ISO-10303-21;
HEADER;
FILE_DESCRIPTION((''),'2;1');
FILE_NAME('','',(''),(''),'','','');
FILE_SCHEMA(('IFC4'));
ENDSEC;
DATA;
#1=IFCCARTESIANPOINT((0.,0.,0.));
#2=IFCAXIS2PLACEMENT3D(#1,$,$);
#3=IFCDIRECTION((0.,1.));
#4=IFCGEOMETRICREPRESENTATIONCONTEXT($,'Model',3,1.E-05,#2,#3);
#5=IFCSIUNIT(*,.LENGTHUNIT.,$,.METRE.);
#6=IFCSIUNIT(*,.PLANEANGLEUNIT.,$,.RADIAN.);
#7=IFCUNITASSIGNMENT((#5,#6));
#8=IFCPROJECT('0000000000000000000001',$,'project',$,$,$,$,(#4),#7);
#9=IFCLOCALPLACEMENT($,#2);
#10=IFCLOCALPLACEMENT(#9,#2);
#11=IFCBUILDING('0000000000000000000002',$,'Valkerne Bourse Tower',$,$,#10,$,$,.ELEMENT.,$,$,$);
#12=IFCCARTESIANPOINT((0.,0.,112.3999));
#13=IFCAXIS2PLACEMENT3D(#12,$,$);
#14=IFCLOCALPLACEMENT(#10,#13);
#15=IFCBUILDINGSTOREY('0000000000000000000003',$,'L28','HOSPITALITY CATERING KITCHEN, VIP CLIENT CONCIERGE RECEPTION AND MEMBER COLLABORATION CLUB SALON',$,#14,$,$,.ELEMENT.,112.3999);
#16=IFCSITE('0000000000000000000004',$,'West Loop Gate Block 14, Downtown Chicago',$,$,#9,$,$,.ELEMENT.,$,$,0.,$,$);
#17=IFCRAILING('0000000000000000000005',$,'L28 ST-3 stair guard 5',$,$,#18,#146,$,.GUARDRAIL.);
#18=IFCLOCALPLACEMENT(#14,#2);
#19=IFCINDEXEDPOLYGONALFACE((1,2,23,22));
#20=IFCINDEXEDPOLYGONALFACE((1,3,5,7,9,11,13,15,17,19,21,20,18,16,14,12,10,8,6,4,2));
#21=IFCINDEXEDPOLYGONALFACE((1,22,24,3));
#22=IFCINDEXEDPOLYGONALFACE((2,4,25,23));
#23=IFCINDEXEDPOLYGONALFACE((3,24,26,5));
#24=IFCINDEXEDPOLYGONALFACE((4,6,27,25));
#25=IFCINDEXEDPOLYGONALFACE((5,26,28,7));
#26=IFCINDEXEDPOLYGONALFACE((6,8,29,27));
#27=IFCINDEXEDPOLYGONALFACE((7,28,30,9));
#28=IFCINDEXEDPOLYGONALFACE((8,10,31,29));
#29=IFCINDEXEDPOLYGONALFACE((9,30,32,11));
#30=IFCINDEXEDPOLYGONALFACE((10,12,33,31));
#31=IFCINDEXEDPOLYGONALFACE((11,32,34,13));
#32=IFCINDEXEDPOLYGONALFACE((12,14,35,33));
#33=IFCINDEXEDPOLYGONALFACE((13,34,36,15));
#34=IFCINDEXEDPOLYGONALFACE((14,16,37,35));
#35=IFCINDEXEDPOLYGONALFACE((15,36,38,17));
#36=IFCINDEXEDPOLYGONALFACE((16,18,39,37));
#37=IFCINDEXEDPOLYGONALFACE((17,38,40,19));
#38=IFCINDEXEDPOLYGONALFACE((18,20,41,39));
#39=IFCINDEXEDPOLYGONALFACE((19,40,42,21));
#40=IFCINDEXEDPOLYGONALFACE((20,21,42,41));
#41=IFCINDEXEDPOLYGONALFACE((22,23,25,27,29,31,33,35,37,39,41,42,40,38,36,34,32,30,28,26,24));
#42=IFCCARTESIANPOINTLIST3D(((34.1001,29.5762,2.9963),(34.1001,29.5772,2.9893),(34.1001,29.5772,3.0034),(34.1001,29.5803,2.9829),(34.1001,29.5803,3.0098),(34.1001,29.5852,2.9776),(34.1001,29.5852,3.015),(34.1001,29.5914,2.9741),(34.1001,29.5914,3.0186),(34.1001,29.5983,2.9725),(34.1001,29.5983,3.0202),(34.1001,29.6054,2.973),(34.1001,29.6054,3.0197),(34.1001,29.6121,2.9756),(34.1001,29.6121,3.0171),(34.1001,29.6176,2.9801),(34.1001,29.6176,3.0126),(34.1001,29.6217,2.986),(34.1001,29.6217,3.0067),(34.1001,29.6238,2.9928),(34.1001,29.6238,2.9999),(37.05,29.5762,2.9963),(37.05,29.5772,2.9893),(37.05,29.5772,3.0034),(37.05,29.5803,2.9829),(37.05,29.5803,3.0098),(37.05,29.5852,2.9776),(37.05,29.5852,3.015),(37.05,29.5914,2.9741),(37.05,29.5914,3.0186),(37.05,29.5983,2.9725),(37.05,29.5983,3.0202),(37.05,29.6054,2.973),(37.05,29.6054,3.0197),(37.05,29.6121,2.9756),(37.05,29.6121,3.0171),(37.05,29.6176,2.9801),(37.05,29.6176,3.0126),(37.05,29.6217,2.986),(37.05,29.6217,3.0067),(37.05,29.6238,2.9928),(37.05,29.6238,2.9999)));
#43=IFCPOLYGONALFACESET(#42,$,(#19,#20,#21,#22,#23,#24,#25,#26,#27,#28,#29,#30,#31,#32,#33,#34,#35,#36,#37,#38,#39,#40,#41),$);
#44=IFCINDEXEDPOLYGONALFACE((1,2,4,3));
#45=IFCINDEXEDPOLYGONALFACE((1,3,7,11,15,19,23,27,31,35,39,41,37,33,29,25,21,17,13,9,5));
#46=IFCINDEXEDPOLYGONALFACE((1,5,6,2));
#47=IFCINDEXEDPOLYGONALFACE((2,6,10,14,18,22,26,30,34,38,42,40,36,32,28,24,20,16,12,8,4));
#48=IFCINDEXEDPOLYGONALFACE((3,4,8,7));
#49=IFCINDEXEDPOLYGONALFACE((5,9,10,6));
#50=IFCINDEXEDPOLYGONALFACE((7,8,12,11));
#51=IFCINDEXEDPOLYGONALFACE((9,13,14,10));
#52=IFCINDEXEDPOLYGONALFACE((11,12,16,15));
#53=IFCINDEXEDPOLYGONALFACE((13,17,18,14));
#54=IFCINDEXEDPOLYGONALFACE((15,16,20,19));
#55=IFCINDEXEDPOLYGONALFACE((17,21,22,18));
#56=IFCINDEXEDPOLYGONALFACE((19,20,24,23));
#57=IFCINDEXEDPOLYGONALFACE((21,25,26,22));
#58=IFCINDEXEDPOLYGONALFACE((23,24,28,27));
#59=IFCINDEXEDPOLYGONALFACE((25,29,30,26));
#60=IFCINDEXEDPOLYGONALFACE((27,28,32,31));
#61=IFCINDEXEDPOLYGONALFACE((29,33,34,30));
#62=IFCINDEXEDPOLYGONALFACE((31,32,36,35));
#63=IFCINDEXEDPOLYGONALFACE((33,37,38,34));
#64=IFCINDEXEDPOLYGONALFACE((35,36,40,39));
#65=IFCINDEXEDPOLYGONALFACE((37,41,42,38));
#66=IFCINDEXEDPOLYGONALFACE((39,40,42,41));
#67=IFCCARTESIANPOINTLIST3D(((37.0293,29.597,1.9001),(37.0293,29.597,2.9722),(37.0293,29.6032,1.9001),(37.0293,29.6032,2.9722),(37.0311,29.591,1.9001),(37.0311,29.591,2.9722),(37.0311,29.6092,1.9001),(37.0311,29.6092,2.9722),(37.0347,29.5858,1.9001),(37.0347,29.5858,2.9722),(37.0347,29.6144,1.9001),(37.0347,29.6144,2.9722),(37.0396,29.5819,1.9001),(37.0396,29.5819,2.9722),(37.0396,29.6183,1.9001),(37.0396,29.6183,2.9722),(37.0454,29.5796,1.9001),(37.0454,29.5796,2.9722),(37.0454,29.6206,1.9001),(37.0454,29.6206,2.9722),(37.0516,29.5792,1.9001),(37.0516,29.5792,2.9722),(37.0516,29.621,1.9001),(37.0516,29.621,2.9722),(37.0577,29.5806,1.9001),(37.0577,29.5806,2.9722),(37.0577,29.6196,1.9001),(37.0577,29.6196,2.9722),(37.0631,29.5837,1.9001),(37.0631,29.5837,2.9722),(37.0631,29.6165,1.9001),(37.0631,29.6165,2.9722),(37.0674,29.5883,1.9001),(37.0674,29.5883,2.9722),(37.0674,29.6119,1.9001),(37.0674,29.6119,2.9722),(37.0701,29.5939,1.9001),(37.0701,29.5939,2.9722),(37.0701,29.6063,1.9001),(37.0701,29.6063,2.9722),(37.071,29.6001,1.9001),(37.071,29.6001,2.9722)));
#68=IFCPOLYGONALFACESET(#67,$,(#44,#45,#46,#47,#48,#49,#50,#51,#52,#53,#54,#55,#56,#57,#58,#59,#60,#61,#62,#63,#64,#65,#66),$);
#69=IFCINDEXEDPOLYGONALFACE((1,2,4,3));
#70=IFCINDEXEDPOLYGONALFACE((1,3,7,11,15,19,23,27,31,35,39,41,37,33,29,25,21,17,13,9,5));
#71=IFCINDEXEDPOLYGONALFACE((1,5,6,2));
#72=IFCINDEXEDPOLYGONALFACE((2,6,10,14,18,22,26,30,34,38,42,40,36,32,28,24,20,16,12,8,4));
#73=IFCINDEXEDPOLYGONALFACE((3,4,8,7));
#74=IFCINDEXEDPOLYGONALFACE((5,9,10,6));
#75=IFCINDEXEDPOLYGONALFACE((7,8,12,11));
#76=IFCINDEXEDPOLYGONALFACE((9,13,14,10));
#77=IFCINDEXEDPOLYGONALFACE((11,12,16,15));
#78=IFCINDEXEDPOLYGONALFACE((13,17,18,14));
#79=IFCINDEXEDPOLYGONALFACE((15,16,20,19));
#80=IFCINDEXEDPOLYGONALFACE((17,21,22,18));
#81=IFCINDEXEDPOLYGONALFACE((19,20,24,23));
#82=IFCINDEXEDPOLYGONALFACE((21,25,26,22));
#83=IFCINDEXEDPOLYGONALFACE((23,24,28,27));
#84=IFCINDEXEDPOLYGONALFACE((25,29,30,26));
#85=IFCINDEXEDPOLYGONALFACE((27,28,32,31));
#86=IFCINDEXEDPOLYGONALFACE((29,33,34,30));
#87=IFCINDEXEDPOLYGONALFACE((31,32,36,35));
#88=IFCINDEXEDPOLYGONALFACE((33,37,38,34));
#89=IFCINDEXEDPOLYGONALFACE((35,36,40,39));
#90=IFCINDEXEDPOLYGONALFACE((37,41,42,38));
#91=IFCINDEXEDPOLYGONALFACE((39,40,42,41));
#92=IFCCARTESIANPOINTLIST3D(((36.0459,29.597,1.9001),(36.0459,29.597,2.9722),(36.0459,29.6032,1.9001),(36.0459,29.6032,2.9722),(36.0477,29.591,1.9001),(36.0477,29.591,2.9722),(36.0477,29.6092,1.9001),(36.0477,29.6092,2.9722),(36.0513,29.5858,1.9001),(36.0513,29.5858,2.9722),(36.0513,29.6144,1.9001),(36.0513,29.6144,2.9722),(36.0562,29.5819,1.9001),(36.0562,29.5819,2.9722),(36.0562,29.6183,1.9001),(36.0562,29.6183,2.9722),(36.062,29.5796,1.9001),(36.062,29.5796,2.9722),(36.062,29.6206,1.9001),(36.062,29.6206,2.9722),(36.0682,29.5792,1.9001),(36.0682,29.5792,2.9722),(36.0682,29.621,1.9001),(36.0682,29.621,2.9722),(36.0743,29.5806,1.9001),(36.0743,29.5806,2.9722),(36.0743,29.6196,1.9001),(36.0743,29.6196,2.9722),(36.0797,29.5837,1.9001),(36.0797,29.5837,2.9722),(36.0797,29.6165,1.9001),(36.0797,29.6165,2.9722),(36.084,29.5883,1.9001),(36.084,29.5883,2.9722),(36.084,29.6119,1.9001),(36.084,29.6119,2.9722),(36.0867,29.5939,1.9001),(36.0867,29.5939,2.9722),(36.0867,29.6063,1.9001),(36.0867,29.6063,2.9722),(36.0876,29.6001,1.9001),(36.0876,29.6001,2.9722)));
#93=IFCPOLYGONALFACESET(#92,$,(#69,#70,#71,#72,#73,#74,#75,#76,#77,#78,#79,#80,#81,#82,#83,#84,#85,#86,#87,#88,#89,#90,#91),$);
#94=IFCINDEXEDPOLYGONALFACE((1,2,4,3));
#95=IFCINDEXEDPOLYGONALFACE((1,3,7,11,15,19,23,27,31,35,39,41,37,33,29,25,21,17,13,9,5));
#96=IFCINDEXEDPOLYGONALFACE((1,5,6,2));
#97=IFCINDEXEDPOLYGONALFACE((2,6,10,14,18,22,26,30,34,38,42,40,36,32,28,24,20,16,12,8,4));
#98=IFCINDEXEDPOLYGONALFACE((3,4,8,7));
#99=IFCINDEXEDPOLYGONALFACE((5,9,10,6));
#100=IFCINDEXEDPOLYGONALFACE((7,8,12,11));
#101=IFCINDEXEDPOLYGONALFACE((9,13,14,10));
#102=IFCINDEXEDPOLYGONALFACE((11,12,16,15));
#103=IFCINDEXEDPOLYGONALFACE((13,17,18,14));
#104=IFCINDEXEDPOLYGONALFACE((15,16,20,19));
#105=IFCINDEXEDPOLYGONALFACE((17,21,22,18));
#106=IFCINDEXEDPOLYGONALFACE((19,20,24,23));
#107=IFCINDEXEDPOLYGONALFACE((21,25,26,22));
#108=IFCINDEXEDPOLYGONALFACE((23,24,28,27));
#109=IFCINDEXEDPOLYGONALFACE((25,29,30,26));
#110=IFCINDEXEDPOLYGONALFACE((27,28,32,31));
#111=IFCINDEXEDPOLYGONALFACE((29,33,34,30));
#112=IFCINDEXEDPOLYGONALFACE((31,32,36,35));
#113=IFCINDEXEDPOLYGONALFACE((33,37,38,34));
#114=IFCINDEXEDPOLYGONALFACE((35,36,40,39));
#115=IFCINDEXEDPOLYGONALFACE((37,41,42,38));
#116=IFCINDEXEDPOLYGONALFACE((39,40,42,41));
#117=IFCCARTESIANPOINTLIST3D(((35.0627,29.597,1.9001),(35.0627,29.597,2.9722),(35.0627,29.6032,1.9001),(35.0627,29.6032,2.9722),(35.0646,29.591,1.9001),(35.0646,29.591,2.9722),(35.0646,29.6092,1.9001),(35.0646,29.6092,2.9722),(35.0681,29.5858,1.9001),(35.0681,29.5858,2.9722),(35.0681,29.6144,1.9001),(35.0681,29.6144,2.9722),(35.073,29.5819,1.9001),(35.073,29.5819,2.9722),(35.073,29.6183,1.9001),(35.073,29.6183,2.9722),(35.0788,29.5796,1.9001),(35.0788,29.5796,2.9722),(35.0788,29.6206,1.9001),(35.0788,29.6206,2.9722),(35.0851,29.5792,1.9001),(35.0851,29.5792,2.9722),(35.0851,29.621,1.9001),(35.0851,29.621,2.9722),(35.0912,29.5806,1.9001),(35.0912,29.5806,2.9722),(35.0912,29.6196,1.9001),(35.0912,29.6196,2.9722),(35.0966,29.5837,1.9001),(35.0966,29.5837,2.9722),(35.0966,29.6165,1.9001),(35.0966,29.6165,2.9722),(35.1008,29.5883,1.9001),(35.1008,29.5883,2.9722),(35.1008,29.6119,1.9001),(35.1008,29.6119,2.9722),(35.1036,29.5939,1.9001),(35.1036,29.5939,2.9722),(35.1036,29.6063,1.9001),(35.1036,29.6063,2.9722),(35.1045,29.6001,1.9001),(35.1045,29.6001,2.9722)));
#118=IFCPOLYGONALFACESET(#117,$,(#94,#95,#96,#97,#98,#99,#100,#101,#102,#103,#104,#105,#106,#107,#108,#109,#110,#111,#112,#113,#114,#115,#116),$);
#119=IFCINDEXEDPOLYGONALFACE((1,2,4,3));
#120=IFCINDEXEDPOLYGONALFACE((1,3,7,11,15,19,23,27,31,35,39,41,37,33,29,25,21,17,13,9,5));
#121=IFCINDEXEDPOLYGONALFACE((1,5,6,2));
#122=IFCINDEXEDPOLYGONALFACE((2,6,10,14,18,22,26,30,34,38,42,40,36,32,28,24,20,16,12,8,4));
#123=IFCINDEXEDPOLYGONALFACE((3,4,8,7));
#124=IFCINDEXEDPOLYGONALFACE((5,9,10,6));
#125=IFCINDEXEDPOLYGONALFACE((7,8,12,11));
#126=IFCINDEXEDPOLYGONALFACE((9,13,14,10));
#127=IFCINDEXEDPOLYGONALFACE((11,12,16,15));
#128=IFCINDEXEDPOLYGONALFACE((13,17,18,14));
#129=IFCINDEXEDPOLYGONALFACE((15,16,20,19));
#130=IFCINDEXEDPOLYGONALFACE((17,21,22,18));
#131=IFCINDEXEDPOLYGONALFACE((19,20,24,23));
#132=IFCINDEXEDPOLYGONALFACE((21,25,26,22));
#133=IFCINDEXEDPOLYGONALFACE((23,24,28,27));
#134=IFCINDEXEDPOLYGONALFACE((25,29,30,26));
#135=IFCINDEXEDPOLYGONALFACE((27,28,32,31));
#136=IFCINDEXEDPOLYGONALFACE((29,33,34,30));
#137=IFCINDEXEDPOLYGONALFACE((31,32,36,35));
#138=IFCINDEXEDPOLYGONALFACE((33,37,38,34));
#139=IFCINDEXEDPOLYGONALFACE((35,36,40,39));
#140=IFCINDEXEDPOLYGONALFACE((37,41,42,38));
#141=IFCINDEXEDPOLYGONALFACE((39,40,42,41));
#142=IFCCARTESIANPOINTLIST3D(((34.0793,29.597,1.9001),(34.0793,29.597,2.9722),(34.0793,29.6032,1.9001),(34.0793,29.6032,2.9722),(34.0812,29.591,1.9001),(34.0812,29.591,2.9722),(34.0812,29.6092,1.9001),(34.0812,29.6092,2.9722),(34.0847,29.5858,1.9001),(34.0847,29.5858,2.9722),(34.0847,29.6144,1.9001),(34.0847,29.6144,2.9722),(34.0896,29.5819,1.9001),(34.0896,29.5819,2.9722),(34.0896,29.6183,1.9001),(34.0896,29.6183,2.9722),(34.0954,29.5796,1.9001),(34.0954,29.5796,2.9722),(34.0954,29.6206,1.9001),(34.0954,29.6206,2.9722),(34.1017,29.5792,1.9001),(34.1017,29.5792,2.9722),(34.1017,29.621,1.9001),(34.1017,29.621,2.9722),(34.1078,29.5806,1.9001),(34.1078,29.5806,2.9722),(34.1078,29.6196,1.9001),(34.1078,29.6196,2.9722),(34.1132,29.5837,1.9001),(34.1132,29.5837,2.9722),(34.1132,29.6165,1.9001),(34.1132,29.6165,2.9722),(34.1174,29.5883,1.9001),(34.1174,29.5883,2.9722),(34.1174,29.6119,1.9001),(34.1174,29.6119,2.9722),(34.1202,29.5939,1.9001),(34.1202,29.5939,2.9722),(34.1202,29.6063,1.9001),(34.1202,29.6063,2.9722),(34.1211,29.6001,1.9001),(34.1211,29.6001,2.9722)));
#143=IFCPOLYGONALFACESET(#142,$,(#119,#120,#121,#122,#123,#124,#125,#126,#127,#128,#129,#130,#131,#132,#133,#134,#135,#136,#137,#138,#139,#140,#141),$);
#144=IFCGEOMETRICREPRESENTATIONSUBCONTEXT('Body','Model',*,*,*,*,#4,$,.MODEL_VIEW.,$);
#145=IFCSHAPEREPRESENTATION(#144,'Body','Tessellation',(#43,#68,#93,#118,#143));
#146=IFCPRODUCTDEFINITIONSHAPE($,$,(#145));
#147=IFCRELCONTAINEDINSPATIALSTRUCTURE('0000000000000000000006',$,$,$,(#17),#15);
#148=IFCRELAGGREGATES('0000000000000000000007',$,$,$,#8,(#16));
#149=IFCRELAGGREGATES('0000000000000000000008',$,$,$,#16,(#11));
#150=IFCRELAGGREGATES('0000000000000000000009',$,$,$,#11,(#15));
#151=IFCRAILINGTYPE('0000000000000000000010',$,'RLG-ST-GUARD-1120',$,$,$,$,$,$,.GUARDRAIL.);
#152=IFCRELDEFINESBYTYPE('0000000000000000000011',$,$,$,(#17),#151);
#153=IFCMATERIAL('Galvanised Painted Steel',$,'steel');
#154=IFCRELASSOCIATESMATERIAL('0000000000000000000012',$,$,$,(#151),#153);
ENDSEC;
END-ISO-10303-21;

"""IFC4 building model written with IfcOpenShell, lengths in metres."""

from ifc_helpers import new_model, si_unit, direction, frame, origin, origin_2d, place, context, subcontext, project, spatial, circle, extrude, material, type_object, element, save


model = new_model("IFC4")

# Units and contexts
model_context = context("Model", 3, precision=1e-05, world=origin(), true_north=direction((0.0, 1.0)))
body_context = subcontext(model_context, "Body", "Model", "MODEL_VIEW")
ifc_project = project(units=[si_unit("LENGTHUNIT", "METRE"), si_unit("PLANEANGLEUNIT", "RADIAN")], contexts=[model_context])

# Site, building, storey
site_placement = place(None, origin())
site = spatial("IfcSite", under=ifc_project, at=site_placement, Name="West Loop Gate Block 14, Downtown Chicago", CompositionType="ELEMENT", RefElevation=0.0)
building_placement = place(site_placement, origin())
building = spatial("IfcBuilding", under=site, at=building_placement, Name="Valkerne Bourse Tower", CompositionType="ELEMENT")
storey_placement = place(building_placement, frame((0.0, 0.0, 112.3999)))
storey = spatial("IfcBuildingStorey", under=building, at=storey_placement, Name="L28", Description="HOSPITALITY CATERING KITCHEN, VIP CLIENT CONCIERGE RECEPTION AND MEMBER COLLABORATION CLUB SALON", CompositionType="ELEMENT", Elevation=112.3999)

# Railing
ifc_material_1 = material(Name="Galvanised Painted Steel", Category="steel")
railing_type_1 = type_object("IfcRailingType", Name="RLG-ST-GUARD-1120", PredefinedType="GUARDRAIL", material=ifc_material_1)
railing_1_placement = place(storey_placement, frame((37.05, 29.6001, 1.9001)))
element("IfcRailing", 1, at=railing_1_placement, inside=storey, type_object=railing_type_1, Name="L28 ST-3 stair guard 5", PredefinedType="GUARDRAIL", context=body_context, shape_type="SweptSolid", body=[
    extrude(circle(Radius=0.0239, at=origin_2d()), frame((0.0, 0.0, 1.0962), z_axis=(-1.0, 0.0, 0.0), x_axis=(0.0, -1.0, 0.0)), (0.0, 0.0, 1.0), 2.95),
    extrude(circle(Radius=0.021, at=origin_2d()), origin(), (0.0, 0.0, 1.0), 1.072),
    extrude(circle(Radius=0.021, at=origin_2d()), frame((-0.9834, 0.0, 0.0)), (0.0, 0.0, 1.0), 1.072),
    extrude(circle(Radius=0.021, at=origin_2d()), frame((-1.9666, 0.0, 0.0)), (0.0, 0.0, 1.0), 1.072),
    extrude(circle(Radius=0.021, at=origin_2d()), frame((-2.95, 0.0, 0.0)), (0.0, 0.0, 1.0), 1.072),
])

save(model, "model.ifc")
